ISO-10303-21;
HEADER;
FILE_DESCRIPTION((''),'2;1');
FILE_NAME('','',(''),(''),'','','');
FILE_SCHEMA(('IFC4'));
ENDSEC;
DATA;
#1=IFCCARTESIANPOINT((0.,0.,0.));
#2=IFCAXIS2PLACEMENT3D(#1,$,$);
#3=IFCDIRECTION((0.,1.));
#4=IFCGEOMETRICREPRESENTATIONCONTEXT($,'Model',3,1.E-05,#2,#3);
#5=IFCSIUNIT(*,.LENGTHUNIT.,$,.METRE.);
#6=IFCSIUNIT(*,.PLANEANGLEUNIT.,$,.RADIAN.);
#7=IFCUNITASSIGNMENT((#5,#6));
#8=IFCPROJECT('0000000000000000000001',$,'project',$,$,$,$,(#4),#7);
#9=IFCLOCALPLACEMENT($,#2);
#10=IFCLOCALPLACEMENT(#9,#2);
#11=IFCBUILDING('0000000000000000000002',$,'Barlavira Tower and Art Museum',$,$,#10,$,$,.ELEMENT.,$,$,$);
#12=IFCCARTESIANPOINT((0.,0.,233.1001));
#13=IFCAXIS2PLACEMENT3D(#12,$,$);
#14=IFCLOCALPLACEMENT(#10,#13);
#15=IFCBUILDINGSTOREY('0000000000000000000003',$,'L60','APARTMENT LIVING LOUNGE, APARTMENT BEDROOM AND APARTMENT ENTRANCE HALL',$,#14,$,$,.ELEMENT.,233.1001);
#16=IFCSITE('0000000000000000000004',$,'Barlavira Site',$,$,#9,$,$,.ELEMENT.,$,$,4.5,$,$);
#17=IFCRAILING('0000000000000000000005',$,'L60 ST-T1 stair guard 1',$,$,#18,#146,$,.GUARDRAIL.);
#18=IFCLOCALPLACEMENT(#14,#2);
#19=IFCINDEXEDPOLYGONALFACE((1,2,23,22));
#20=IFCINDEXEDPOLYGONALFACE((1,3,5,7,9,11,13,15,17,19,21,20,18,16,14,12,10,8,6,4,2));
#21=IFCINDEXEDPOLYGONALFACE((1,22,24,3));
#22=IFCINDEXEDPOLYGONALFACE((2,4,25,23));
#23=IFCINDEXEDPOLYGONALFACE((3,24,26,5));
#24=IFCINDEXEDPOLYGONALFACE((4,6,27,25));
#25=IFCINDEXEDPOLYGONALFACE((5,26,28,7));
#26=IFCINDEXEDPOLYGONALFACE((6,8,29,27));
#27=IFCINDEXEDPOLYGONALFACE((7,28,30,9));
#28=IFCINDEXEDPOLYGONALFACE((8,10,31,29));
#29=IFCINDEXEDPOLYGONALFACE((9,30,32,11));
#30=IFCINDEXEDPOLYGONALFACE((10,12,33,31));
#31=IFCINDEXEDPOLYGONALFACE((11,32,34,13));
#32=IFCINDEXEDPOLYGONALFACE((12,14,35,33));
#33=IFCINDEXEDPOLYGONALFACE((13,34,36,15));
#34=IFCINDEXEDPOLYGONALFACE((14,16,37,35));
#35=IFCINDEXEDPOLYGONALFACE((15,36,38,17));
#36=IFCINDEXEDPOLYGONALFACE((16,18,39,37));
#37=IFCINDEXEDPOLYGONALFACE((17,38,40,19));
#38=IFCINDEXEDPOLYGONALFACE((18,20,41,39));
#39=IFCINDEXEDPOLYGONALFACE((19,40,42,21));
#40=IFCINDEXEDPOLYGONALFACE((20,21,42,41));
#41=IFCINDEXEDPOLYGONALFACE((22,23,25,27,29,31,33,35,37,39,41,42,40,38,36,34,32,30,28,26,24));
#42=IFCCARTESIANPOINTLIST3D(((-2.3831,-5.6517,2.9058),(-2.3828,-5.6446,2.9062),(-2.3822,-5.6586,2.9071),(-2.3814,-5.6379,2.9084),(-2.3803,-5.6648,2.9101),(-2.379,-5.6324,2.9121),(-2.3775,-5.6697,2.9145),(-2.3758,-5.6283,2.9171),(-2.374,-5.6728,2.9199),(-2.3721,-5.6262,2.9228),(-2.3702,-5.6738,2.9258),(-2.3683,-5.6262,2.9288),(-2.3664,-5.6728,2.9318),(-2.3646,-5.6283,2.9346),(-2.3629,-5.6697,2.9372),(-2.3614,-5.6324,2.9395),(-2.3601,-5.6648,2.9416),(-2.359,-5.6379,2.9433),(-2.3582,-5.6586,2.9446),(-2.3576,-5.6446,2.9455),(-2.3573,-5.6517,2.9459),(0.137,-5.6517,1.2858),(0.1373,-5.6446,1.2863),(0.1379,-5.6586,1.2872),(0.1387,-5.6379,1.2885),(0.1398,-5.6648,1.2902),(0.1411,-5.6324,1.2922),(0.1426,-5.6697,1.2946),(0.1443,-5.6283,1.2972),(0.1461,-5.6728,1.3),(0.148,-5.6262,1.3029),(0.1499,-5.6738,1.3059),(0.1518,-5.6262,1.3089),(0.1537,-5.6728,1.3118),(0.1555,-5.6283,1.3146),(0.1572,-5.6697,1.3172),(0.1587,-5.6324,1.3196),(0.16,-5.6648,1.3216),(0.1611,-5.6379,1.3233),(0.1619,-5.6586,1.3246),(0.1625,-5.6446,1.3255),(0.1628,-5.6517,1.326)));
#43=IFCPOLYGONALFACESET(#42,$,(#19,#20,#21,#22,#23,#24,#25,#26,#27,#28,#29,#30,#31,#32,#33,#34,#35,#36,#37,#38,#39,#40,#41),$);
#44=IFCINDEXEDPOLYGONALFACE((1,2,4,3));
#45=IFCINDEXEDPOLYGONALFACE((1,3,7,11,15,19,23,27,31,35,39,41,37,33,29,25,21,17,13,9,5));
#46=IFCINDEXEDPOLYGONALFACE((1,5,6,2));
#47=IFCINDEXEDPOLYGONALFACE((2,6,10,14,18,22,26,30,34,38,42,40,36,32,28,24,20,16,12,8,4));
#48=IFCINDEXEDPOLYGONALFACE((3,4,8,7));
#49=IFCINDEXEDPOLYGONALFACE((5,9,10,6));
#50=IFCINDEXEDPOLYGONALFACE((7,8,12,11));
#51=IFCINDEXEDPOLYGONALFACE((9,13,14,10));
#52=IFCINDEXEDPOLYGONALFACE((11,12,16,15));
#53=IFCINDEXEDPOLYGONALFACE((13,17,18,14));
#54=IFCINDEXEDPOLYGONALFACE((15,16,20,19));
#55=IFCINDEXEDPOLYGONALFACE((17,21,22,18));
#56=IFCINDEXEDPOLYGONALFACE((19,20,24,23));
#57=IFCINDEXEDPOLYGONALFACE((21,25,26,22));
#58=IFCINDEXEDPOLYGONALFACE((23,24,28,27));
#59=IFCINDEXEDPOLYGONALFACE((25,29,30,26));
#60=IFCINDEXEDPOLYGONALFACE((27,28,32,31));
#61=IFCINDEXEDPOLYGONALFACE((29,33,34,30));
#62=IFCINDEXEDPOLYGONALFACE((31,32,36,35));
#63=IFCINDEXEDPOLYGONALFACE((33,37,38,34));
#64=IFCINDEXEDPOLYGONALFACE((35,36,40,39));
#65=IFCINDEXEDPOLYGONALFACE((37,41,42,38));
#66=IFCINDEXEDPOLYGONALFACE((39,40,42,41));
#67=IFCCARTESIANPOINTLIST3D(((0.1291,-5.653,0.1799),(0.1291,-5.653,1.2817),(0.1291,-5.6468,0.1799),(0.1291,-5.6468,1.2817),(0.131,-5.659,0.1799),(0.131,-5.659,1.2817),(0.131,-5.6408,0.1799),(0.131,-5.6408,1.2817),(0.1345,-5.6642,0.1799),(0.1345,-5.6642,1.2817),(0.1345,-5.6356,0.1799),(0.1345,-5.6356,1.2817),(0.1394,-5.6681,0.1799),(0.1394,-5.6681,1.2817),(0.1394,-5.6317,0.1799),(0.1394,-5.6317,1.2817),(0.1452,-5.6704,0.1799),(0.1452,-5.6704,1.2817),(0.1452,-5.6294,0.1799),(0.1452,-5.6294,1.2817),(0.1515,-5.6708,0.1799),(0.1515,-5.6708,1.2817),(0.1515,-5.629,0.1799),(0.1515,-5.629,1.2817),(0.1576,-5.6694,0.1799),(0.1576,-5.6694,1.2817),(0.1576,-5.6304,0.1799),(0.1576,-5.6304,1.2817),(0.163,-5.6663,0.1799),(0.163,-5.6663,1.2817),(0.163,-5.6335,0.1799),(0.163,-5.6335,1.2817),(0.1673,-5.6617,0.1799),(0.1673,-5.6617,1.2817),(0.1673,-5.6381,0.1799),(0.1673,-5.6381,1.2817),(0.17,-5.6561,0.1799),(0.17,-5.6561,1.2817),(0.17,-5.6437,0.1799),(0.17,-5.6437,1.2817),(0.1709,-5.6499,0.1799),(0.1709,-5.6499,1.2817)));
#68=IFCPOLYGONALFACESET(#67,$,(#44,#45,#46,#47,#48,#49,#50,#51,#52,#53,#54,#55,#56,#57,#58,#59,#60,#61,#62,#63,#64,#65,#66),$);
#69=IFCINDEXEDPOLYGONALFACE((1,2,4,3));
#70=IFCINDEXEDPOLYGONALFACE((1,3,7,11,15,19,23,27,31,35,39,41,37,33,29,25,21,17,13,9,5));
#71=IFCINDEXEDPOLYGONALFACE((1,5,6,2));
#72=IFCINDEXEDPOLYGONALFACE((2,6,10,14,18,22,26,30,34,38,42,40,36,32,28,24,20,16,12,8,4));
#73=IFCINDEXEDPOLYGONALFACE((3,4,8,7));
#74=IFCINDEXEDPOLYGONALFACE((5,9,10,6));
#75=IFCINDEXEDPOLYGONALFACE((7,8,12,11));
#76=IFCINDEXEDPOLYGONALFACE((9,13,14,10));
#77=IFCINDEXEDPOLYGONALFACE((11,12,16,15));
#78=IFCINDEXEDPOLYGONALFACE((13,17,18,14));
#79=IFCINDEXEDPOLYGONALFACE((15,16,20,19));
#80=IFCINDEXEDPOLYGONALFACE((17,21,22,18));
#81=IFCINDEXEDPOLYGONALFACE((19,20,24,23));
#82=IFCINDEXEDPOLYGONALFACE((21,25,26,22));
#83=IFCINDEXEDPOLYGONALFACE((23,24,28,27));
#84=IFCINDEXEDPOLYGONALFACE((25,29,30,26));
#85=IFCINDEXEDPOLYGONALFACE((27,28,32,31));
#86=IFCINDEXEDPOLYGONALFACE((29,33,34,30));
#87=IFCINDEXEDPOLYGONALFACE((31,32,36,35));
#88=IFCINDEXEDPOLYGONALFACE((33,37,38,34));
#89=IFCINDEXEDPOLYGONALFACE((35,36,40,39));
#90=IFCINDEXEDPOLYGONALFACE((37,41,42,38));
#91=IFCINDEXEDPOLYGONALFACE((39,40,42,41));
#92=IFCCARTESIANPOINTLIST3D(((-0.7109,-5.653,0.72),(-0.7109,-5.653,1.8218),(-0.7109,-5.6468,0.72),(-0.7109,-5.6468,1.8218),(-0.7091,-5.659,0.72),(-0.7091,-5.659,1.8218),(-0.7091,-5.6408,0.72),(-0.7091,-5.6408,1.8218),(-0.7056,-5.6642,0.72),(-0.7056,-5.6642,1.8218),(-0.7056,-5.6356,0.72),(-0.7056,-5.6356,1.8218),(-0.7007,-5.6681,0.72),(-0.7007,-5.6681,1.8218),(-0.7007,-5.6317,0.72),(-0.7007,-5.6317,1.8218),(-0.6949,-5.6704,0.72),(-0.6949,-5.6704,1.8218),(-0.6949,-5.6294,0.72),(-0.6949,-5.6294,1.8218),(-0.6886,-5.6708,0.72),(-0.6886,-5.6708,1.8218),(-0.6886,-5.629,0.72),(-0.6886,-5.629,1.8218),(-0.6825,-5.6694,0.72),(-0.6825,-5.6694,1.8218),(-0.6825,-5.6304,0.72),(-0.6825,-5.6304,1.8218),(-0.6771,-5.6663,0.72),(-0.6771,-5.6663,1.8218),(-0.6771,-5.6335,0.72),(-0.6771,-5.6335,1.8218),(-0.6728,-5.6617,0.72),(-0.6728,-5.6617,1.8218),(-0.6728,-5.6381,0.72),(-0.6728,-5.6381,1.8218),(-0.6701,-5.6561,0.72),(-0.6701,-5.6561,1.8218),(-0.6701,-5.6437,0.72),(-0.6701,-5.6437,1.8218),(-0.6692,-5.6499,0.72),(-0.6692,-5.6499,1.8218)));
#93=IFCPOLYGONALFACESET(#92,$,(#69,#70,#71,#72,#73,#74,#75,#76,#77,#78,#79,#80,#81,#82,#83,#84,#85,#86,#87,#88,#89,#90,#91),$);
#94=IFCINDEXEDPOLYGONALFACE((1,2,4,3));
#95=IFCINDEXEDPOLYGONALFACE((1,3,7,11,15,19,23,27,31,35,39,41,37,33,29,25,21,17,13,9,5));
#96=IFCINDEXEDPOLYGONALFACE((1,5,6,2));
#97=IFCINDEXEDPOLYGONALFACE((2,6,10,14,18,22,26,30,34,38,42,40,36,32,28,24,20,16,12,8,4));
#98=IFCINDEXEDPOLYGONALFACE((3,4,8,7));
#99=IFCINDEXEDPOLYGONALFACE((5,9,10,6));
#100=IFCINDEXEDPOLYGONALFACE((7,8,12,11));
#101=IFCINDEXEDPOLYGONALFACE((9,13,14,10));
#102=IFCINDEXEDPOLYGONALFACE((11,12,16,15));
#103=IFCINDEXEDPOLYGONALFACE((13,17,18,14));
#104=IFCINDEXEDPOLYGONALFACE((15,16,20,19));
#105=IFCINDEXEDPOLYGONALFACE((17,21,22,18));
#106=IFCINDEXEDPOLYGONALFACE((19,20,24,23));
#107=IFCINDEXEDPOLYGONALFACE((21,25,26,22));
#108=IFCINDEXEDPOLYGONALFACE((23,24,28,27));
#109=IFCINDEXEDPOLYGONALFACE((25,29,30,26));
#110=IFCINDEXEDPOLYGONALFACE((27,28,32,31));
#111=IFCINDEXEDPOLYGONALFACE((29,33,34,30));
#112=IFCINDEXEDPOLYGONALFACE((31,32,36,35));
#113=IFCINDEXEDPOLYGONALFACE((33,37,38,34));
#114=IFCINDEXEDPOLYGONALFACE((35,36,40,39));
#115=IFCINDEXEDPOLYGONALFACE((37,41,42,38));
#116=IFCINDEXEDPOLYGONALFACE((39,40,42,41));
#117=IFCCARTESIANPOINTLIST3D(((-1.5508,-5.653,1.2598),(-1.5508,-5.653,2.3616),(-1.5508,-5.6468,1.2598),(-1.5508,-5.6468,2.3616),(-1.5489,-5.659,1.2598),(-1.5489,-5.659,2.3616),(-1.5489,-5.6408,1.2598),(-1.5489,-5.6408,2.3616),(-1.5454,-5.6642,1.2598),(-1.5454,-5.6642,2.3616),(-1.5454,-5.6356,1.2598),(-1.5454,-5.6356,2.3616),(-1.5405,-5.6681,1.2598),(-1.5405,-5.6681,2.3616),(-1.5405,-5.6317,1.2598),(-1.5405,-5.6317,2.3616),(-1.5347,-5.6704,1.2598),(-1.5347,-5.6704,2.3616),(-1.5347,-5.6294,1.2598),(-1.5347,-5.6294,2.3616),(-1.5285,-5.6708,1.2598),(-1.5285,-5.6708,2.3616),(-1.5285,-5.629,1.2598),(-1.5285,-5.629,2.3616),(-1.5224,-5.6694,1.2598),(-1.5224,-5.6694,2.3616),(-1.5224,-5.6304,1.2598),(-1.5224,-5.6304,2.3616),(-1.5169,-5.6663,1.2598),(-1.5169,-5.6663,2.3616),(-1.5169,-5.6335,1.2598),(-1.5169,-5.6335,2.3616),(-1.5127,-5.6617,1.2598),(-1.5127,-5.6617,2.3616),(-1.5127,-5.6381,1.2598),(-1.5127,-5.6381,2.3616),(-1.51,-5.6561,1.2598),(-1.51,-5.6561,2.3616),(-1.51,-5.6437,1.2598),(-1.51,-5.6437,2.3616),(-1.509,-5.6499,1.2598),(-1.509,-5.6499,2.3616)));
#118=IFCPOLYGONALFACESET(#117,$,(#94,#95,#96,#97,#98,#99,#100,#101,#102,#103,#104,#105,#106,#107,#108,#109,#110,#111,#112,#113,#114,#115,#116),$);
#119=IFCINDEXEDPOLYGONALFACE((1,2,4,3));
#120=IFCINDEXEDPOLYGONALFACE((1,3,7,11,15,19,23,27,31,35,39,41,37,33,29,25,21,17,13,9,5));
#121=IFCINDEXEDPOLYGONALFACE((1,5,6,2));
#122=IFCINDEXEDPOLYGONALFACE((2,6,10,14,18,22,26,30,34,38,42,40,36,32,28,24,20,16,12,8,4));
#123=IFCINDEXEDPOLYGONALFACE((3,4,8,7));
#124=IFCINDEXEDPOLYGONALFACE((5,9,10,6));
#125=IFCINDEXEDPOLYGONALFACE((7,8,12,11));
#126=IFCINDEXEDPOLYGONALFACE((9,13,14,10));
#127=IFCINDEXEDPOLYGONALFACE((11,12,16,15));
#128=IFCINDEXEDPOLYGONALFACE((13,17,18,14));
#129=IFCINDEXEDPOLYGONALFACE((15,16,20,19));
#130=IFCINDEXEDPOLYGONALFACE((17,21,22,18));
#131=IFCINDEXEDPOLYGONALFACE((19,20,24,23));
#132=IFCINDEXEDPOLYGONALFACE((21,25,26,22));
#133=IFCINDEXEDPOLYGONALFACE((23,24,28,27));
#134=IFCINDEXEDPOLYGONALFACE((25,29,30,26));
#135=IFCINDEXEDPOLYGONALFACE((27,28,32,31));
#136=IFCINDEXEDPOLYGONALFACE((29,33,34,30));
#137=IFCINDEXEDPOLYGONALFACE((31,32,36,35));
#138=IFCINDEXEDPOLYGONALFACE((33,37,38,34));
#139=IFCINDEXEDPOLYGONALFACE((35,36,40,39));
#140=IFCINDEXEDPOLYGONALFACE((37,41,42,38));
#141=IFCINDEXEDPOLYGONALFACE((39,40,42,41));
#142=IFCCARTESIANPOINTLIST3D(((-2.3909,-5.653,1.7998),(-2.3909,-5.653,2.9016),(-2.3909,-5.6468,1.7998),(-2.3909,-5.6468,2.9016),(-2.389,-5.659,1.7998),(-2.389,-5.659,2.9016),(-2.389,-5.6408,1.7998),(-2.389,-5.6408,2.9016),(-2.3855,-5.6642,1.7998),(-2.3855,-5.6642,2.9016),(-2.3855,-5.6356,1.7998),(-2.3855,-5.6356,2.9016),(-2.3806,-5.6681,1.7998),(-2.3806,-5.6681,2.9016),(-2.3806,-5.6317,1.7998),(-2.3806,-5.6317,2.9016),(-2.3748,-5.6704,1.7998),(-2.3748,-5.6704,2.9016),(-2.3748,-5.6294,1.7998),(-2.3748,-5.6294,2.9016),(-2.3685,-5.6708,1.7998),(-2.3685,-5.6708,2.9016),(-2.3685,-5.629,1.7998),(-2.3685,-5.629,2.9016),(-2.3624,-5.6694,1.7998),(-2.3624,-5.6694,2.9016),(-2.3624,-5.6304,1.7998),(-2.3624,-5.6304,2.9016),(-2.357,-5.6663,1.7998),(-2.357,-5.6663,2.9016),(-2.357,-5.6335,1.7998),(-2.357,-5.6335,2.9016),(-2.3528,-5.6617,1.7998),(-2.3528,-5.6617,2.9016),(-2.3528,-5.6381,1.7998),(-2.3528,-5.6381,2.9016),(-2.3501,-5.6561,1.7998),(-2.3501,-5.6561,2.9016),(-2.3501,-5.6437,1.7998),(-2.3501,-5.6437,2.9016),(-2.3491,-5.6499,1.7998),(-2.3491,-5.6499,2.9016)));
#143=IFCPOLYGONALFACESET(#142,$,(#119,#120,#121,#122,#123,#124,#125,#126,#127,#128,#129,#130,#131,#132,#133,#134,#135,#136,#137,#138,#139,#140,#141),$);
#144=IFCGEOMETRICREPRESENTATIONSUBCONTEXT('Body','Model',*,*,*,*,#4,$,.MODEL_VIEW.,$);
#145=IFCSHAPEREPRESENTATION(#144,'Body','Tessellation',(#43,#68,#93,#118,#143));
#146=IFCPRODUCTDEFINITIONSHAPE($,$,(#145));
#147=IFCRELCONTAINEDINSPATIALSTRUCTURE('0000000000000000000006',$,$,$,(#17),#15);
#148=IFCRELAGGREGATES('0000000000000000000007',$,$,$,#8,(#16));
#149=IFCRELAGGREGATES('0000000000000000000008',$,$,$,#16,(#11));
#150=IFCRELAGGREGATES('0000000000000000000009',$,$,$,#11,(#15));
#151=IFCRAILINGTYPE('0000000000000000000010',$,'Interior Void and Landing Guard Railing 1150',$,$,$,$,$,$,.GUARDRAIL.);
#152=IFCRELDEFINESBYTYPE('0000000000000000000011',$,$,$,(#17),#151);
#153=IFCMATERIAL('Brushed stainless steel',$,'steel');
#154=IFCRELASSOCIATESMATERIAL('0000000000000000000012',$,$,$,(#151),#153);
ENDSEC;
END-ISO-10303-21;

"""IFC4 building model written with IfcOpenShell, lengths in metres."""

from ifc_helpers import new_model, si_unit, direction, frame, origin, origin_2d, place, context, subcontext, project, spatial, circle, extrude, material, type_object, element, save


model = new_model("IFC4")

# Units and contexts
model_context = context("Model", 3, precision=1e-05, world=origin(), true_north=direction((0.0, 1.0)))
body_context = subcontext(model_context, "Body", "Model", "MODEL_VIEW")
ifc_project = project(units=[si_unit("LENGTHUNIT", "METRE"), si_unit("PLANEANGLEUNIT", "RADIAN")], contexts=[model_context])

# Site, building, storey
site_placement = place(None, origin())
site = spatial("IfcSite", under=ifc_project, at=site_placement, Name="Barlavira Site", CompositionType="ELEMENT", RefElevation=4.5)
building_placement = place(site_placement, origin())
building = spatial("IfcBuilding", under=site, at=building_placement, Name="Barlavira Tower and Art Museum", CompositionType="ELEMENT")
storey_placement = place(building_placement, frame((0.0, 0.0, 233.1001)))
storey = spatial("IfcBuildingStorey", under=building, at=storey_placement, Name="L60", Description="APARTMENT LIVING LOUNGE, APARTMENT BEDROOM AND APARTMENT ENTRANCE HALL", CompositionType="ELEMENT", Elevation=233.1001)

# Shared definitions
ifc_material_1 = material(Name="Brushed stainless steel", Category="steel")

# Railing
railing_type_1 = type_object("IfcRailingType", Name="Interior Void and Landing Guard Railing 1150", PredefinedType="GUARDRAIL", material=ifc_material_1)
railing_1_placement = place(storey_placement, frame((0.1499, -5.6499, 0.1799)))
element("IfcRailing", 1, at=railing_1_placement, inside=storey, type_object=railing_type_1, Name="L60 ST-T1 stair guard 1", PredefinedType="GUARDRAIL", context=body_context, shape_type="SweptSolid", body=[
    extrude(circle(Radius=0.0239, at=origin_2d()), frame((0.0, 0.0, 1.126), z_axis=(-0.8412, 0.0, 0.540725), x_axis=(0.0, -1.0, 0.0)), (0.0, 0.0, 1.0), 2.9958),
    extrude(circle(Radius=0.021, at=origin_2d()), origin(), (0.0, 0.0, 1.0), 1.1018),
    extrude(circle(Radius=0.021, at=origin_2d()), frame((-0.8401, 0.0, 0.54)), (0.0, 0.0, 1.0), 1.1018),
    extrude(circle(Radius=0.021, at=origin_2d()), frame((-1.6799, 0.0, 1.0798)), (0.0, 0.0, 1.0), 1.1018),
    extrude(circle(Radius=0.021, at=origin_2d()), frame((-2.52, 0.0, 1.6199)), (0.0, 0.0, 1.0), 1.1018),
])

save(model, "model.ifc")
